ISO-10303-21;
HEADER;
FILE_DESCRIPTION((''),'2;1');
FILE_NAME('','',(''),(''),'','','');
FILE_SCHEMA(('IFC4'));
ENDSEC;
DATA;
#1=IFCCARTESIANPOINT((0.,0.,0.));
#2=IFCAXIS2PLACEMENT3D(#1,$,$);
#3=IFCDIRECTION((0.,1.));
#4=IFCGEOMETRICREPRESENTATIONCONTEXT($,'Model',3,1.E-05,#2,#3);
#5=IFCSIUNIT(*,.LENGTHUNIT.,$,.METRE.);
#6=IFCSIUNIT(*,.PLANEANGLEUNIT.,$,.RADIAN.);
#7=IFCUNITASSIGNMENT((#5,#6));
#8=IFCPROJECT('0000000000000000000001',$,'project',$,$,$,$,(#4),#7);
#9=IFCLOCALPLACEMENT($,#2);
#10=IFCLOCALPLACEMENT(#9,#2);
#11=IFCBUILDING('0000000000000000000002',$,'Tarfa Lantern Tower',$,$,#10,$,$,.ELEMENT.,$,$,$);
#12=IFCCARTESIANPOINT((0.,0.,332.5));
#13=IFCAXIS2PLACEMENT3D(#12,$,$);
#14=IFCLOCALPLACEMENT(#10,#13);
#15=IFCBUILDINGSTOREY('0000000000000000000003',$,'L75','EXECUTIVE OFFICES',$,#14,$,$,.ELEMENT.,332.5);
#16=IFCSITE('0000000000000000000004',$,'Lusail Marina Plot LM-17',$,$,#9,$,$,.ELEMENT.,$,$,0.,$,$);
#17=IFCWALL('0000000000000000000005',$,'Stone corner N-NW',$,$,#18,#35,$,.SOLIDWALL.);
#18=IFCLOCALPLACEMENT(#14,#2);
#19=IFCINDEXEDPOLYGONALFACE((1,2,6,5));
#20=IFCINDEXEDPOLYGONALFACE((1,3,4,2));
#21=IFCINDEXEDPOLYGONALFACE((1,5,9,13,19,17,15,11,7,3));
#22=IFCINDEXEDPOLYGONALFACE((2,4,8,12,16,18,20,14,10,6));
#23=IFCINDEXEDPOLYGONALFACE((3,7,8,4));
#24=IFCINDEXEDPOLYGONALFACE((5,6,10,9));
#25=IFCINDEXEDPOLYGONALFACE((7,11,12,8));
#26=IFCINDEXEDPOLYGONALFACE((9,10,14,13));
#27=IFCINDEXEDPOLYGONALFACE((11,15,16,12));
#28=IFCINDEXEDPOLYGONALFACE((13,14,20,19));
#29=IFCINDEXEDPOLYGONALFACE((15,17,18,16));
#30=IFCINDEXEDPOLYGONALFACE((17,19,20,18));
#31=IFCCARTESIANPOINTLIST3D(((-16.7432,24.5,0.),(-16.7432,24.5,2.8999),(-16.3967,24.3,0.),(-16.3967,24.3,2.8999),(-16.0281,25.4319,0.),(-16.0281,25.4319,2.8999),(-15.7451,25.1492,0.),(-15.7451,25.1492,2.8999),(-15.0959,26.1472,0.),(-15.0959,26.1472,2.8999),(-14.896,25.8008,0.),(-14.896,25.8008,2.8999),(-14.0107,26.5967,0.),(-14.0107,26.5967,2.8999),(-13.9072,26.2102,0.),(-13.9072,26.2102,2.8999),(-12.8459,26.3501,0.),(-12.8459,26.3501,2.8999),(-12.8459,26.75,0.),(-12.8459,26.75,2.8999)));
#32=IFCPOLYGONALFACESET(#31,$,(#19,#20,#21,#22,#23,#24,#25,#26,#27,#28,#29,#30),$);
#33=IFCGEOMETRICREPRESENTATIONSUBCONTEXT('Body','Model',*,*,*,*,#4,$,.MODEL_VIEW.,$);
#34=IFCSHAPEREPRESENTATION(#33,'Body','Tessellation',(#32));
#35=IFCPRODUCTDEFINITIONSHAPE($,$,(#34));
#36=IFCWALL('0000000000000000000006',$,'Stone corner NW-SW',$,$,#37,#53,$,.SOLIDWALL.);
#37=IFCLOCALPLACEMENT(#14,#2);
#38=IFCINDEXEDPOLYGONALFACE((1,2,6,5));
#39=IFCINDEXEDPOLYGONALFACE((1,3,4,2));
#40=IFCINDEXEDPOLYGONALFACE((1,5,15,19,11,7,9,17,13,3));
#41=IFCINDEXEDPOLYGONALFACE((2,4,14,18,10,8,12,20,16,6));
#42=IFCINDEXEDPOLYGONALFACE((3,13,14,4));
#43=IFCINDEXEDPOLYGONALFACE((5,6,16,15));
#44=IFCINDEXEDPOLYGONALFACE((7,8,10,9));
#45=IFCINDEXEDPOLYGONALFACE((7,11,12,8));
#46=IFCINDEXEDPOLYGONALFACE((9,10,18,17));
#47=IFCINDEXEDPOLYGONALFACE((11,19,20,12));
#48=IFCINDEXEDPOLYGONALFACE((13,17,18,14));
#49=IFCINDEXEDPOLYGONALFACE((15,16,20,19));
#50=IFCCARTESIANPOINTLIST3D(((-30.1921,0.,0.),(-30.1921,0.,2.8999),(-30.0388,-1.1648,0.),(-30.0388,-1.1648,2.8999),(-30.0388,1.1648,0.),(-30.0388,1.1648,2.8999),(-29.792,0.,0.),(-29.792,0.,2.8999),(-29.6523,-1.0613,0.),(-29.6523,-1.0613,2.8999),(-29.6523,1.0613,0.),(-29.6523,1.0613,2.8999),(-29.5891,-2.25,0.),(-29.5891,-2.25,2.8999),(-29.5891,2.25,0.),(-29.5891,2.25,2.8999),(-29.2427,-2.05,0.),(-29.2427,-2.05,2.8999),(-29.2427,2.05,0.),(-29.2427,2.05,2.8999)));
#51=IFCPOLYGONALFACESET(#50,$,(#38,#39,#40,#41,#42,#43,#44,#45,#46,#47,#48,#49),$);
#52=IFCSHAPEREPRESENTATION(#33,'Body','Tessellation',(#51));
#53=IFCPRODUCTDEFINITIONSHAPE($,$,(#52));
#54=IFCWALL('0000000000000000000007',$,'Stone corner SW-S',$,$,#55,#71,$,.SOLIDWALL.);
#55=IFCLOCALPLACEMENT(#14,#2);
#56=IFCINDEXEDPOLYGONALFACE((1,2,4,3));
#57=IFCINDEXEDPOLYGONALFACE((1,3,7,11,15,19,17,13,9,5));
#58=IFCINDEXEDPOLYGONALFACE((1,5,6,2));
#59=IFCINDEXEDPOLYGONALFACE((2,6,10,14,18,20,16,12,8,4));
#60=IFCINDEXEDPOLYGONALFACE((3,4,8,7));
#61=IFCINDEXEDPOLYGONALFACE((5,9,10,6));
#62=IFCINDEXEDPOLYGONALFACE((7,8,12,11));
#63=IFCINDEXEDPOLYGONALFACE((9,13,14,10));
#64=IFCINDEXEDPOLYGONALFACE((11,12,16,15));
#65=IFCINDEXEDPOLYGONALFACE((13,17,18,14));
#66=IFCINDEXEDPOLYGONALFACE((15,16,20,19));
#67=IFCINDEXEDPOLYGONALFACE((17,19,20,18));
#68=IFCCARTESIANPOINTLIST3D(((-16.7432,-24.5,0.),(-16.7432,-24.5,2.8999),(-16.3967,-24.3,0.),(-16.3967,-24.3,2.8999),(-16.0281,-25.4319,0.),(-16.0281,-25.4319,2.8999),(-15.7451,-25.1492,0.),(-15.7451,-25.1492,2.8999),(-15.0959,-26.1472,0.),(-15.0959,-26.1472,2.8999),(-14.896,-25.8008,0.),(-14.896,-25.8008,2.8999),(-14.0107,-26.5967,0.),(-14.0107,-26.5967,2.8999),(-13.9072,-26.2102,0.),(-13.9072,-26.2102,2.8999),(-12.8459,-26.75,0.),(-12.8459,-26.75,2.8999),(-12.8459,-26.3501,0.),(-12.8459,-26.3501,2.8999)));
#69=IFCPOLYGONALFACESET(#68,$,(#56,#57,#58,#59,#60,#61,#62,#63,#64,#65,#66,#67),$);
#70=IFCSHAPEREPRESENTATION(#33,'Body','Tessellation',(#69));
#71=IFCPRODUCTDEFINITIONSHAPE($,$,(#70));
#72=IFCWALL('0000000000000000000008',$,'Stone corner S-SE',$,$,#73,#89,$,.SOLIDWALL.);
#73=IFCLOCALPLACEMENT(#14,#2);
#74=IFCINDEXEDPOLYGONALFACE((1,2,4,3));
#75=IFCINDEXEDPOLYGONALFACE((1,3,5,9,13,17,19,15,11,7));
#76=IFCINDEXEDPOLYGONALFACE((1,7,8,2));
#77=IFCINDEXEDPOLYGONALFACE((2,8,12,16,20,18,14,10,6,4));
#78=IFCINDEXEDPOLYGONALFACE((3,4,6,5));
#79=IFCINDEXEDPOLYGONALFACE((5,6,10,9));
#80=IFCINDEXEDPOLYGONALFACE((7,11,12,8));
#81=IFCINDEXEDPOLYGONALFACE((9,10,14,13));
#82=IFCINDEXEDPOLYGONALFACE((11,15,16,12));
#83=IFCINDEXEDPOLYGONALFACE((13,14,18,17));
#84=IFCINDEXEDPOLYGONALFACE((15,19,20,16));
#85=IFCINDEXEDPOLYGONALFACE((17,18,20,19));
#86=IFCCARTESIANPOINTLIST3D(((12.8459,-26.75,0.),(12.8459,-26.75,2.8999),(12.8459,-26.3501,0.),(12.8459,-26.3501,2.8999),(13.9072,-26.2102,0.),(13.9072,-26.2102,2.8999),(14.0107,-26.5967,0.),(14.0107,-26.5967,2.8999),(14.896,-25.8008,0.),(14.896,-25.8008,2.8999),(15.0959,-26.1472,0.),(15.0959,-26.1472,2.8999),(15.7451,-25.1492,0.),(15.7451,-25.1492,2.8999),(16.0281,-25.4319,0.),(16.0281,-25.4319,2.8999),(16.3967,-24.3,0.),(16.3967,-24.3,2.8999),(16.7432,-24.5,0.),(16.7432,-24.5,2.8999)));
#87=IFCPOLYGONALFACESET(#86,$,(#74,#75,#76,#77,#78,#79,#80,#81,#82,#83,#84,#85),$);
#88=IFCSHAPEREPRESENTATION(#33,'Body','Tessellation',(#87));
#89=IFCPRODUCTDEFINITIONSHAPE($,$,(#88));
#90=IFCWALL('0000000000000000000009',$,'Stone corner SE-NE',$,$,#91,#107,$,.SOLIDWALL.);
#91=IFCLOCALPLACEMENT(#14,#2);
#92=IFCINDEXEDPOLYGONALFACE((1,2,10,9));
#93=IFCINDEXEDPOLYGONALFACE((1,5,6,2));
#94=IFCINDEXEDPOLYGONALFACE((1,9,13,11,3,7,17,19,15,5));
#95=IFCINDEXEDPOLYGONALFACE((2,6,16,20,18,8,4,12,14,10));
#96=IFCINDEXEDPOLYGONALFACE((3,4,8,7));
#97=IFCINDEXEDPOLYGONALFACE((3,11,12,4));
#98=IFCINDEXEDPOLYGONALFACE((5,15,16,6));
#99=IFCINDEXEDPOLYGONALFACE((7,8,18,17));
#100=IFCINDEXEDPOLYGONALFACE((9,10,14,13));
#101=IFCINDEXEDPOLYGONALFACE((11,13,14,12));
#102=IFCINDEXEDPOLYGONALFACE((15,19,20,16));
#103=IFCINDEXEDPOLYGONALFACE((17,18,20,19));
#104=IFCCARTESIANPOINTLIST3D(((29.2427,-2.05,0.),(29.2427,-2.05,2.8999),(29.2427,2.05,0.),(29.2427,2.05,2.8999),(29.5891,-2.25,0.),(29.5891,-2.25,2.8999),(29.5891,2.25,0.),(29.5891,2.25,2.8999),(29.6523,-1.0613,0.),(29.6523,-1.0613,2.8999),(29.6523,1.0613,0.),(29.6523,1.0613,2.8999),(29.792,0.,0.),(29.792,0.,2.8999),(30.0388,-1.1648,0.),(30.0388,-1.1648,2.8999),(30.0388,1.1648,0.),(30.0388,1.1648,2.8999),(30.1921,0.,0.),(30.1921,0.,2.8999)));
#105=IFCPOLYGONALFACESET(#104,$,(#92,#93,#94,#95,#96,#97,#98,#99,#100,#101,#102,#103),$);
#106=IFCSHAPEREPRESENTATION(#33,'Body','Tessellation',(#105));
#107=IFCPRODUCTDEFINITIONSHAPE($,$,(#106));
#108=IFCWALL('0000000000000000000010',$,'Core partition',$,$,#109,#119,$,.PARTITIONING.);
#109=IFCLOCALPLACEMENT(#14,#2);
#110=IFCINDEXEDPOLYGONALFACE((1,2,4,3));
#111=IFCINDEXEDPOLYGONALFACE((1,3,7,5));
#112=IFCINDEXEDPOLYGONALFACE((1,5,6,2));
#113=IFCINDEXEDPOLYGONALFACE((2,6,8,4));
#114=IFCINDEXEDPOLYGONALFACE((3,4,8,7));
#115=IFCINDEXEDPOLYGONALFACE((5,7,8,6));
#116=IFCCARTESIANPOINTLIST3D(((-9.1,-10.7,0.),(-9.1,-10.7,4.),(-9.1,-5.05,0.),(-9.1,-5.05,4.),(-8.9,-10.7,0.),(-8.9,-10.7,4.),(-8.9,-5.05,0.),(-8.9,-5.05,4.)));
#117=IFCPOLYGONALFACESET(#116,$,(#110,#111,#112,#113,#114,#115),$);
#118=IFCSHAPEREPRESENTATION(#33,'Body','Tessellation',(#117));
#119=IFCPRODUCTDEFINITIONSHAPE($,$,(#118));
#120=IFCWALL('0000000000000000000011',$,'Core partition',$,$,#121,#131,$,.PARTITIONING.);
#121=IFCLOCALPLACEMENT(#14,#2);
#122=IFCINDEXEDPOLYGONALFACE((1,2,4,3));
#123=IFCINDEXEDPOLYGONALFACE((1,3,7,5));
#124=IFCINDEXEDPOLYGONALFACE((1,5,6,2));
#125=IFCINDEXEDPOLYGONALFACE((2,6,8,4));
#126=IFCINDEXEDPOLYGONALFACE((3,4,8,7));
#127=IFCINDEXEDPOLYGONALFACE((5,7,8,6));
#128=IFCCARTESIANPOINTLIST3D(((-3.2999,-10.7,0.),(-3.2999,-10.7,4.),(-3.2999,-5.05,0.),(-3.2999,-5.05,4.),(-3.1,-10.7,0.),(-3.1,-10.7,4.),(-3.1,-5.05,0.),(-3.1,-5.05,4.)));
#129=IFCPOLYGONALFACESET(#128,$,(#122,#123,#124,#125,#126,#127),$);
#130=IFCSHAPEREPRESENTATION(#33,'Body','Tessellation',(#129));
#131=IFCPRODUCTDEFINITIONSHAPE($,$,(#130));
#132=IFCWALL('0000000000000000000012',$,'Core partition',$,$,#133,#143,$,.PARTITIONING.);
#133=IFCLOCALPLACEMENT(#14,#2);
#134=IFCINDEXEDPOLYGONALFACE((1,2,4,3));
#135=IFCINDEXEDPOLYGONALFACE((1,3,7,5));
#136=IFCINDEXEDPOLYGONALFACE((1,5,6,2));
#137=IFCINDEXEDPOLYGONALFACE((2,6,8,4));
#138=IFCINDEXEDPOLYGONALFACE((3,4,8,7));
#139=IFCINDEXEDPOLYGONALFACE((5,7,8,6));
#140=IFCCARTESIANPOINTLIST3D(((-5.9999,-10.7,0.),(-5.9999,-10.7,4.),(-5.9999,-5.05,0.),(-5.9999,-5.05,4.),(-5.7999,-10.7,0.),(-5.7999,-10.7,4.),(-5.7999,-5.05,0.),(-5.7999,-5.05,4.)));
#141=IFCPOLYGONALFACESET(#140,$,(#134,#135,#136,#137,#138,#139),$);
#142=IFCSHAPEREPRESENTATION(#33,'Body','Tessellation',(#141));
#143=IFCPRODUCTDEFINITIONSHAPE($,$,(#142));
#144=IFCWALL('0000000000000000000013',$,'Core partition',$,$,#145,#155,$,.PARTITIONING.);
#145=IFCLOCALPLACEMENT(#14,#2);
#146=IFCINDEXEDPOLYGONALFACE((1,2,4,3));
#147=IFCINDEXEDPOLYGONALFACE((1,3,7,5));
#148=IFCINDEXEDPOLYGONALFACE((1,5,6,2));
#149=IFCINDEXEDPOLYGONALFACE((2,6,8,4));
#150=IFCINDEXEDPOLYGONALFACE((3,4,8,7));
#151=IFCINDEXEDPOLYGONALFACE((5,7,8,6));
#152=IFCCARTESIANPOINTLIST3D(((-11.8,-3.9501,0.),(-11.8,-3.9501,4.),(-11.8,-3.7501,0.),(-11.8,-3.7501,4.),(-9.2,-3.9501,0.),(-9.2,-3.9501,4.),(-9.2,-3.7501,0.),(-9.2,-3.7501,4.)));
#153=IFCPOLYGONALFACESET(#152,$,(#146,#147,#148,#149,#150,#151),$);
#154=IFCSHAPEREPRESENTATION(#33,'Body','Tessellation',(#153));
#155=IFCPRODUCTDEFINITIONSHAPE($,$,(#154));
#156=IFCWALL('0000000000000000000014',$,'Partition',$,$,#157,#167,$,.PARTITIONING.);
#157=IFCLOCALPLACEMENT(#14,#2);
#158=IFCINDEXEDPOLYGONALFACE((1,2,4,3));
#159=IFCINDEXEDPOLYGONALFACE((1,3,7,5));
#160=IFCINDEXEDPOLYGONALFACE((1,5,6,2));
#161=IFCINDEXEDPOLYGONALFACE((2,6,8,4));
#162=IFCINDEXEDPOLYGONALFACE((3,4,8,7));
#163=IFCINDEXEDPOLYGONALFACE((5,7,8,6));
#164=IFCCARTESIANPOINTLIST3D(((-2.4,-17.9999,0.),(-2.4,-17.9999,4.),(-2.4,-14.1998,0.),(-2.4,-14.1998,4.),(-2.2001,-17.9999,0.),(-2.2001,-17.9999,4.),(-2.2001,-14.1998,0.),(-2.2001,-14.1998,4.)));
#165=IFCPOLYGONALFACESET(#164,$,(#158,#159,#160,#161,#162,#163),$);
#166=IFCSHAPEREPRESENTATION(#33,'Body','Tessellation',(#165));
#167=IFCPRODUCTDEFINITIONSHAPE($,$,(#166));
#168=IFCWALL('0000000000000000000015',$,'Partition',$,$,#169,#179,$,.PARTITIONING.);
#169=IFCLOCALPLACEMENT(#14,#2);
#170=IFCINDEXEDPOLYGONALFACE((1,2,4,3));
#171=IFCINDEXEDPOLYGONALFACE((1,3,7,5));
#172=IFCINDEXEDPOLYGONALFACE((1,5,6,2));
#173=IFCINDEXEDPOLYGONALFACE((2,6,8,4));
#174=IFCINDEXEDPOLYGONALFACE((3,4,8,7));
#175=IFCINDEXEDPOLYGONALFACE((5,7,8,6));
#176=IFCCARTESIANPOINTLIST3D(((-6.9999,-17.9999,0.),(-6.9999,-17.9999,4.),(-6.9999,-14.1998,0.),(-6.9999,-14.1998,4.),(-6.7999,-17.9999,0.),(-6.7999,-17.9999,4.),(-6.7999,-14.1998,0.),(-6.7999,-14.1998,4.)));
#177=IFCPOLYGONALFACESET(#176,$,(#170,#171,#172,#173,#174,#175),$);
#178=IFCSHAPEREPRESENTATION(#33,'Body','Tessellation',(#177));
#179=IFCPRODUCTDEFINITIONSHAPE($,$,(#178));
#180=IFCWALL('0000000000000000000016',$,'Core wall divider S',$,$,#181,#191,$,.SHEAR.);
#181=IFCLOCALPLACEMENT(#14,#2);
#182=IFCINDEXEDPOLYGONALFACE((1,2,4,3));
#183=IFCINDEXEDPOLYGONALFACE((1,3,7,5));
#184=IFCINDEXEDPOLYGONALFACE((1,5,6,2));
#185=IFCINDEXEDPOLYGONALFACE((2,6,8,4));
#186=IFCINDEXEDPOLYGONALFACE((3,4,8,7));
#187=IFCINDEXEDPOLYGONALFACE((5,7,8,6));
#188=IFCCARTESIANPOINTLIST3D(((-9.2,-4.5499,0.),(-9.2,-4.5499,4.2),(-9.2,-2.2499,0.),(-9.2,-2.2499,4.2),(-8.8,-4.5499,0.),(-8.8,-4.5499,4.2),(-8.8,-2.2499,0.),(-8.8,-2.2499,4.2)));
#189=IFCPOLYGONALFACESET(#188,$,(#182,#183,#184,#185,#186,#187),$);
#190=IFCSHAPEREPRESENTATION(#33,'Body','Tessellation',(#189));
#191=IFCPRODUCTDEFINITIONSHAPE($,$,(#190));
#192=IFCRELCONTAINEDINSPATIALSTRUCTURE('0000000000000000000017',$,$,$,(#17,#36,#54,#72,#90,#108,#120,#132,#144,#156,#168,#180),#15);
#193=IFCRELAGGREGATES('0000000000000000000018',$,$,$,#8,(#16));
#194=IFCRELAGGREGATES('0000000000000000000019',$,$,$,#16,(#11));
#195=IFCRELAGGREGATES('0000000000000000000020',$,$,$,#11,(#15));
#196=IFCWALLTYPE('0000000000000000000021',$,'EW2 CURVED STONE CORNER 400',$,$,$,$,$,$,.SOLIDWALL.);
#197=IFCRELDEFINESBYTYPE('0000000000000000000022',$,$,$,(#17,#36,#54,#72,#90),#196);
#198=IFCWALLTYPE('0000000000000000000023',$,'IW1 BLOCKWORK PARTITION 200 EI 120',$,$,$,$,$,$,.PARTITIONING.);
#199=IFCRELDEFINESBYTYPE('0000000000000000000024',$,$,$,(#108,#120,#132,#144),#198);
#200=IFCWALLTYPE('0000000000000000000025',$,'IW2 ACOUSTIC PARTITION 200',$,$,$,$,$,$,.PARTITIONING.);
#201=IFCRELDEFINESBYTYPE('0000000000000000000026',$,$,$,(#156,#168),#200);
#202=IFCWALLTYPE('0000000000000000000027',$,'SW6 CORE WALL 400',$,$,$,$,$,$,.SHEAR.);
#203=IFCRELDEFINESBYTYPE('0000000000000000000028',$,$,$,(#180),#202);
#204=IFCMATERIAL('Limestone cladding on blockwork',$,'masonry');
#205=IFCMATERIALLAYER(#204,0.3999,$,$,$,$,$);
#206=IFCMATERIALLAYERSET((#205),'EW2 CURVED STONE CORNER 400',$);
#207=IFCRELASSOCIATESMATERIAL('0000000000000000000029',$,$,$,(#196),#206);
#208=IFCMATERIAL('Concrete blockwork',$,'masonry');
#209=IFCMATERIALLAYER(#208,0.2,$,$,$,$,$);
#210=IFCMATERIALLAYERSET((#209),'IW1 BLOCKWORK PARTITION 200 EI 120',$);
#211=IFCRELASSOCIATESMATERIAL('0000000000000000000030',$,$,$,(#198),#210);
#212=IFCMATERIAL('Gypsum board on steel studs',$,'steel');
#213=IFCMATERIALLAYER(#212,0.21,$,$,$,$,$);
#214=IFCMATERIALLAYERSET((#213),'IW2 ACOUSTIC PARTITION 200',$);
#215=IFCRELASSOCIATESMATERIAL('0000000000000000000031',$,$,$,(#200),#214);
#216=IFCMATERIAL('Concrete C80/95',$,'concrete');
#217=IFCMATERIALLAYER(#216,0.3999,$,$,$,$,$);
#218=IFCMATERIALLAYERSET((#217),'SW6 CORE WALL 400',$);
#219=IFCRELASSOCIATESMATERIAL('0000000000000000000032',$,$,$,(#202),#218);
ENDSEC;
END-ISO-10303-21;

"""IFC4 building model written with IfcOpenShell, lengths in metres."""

from ifc_helpers import new_model, si_unit, direction, frame, frame_2d, origin, place, context, subcontext, project, spatial, polyline, rectangle, outline, extrude, material, layer, layer_set, type_object, element, save


model = new_model("IFC4")

# Units and contexts
model_context = context("Model", 3, precision=1e-05, world=origin(), true_north=direction((0.0, 1.0)))
body_context = subcontext(model_context, "Body", "Model", "MODEL_VIEW")
ifc_project = project(units=[si_unit("LENGTHUNIT", "METRE"), si_unit("PLANEANGLEUNIT", "RADIAN")], contexts=[model_context])

# Site, building, storey
site_placement = place(None, origin())
site = spatial("IfcSite", under=ifc_project, at=site_placement, Name="Lusail Marina Plot LM-17", CompositionType="ELEMENT", RefElevation=0.0)
building_placement = place(site_placement, origin())
building = spatial("IfcBuilding", under=site, at=building_placement, Name="Tarfa Lantern Tower", CompositionType="ELEMENT")
storey_placement = place(building_placement, frame((0.0, 0.0, 332.5)))
storey = spatial("IfcBuildingStorey", under=building, at=storey_placement, Name="L75", Description="EXECUTIVE OFFICES", CompositionType="ELEMENT", Elevation=332.5)

# Walls
ifc_material_1 = material(Name="Limestone cladding on blockwork", Category="masonry")
ifc_layer_1 = layer(ifc_material_1, 0.3999)
ifc_layer_set_1 = layer_set([ifc_layer_1], Name="EW2 CURVED STONE CORNER 400")
wall_type_1 = type_object("IfcWallType", Name="EW2 CURVED STONE CORNER 400", PredefinedType="SOLIDWALL", material=ifc_layer_set_1)
wall_1_placement = place(storey_placement, origin())
element("IfcWall", 1, at=wall_1_placement, inside=storey, type_object=wall_type_1, Name="Stone corner N-NW", PredefinedType="SOLIDWALL", context=body_context, shape_type="SweptSolid", body=[
    extrude(outline(polyline([(-12.8459, 26.75), (-14.0107, 26.5967), (-15.0959, 26.1472), (-16.0281, 25.4319), (-16.7432, 24.5), (-16.3967, 24.3), (-15.7451, 25.1492), (-14.896, 25.8008), (-13.9072, 26.2102), (-12.8459, 26.3501), (-12.8459, 26.75)])), origin(), (0.0, 0.0, 1.0), 2.8999),
])
wall_2_placement = place(storey_placement, origin())
element("IfcWall", 2, at=wall_2_placement, inside=storey, type_object=wall_type_1, Name="Stone corner NW-SW", PredefinedType="SOLIDWALL", context=body_context, shape_type="SweptSolid", body=[
    extrude(outline(polyline([(-29.5891, 2.25), (-30.0388, 1.1648), (-30.1921, 0.0), (-30.0388, -1.1648), (-29.5891, -2.25), (-29.2427, -2.05), (-29.6523, -1.0613), (-29.792, 0.0), (-29.6523, 1.0613), (-29.2427, 2.05), (-29.5891, 2.25)])), origin(), (0.0, 0.0, 1.0), 2.8999),
])
wall_3_placement = place(storey_placement, origin())
element("IfcWall", 3, at=wall_3_placement, inside=storey, type_object=wall_type_1, Name="Stone corner SW-S", PredefinedType="SOLIDWALL", context=body_context, shape_type="SweptSolid", body=[
    extrude(outline(polyline([(-16.7432, -24.5), (-16.0281, -25.4319), (-15.0959, -26.1472), (-14.0107, -26.5967), (-12.8459, -26.75), (-12.8459, -26.3501), (-13.9072, -26.2102), (-14.896, -25.8008), (-15.7451, -25.1492), (-16.3967, -24.3), (-16.7432, -24.5)])), origin(), (0.0, 0.0, 1.0), 2.8999),
])
wall_4_placement = place(storey_placement, origin())
element("IfcWall", 4, at=wall_4_placement, inside=storey, type_object=wall_type_1, Name="Stone corner S-SE", PredefinedType="SOLIDWALL", context=body_context, shape_type="SweptSolid", body=[
    extrude(outline(polyline([(12.8459, -26.75), (14.0107, -26.5967), (15.0959, -26.1472), (16.0281, -25.4319), (16.7432, -24.5), (16.3967, -24.3), (15.7451, -25.1492), (14.896, -25.8008), (13.9072, -26.2102), (12.8459, -26.3501), (12.8459, -26.75)])), origin(), (0.0, 0.0, 1.0), 2.8999),
])
wall_5_placement = place(storey_placement, origin())
element("IfcWall", 5, at=wall_5_placement, inside=storey, type_object=wall_type_1, Name="Stone corner SE-NE", PredefinedType="SOLIDWALL", context=body_context, shape_type="SweptSolid", body=[
    extrude(outline(polyline([(29.5891, -2.25), (30.0388, -1.1648), (30.1921, 0.0), (30.0388, 1.1648), (29.5891, 2.25), (29.2427, 2.05), (29.6523, 1.0613), (29.792, 0.0), (29.6523, -1.0613), (29.2427, -2.05), (29.5891, -2.25)])), origin(), (0.0, 0.0, 1.0), 2.8999),
])
ifc_material_2 = material(Name="Concrete blockwork", Category="masonry")
ifc_layer_2 = layer(ifc_material_2, 0.2)
ifc_layer_set_2 = layer_set([ifc_layer_2], Name="IW1 BLOCKWORK PARTITION 200 EI 120")
wall_type_2 = type_object("IfcWallType", Name="IW1 BLOCKWORK PARTITION 200 EI 120", PredefinedType="PARTITIONING", material=ifc_layer_set_2)
for number, where, z_axis, x_axis, name in (
    (6, (-9.0, -5.05, 0.0), (0.0, 0.0, 1.0), (0.0, -1.0, 0.0), "Core partition"),
    (7, (-3.2, -5.05, 0.0), (0.0, 0.0, 1.0), (0.0, -1.0, 0.0), "Core partition"),
    (8, (-5.8999, -5.05, 0.0), (0.0, 0.0, 1.0), (0.0, -1.0, 0.0), "Core partition"),
):
    element("IfcWall", number, at=place(storey_placement, frame(where, z_axis=z_axis, x_axis=x_axis)), inside=storey, type_object=wall_type_2, Name=name, PredefinedType="PARTITIONING", context=body_context, shape_type="SweptSolid", body=[
        extrude(rectangle(XDim=5.6499, YDim=0.2, at=frame_2d((2.825, 0.0))), origin(), (0.0, 0.0, 1.0), 4.0),
    ])
wall_6_placement = place(storey_placement, frame((-9.2, -3.8501, 0.0), z_axis=(0.0, 0.0, 1.0), x_axis=(-1.0, 0.0, 0.0)))
element("IfcWall", 9, at=wall_6_placement, inside=storey, type_object=wall_type_2, Name="Core partition", PredefinedType="PARTITIONING", context=body_context, shape_type="SweptSolid", body=[
    extrude(rectangle(XDim=2.6001, YDim=0.2, at=frame_2d((1.3, 0.0))), origin(), (0.0, 0.0, 1.0), 4.0),
])
ifc_material_3 = material(Name="Gypsum board on steel studs", Category="steel")
ifc_layer_3 = layer(ifc_material_3, 0.21)
ifc_layer_set_3 = layer_set([ifc_layer_3], Name="IW2 ACOUSTIC PARTITION 200")
wall_type_3 = type_object("IfcWallType", Name="IW2 ACOUSTIC PARTITION 200", PredefinedType="PARTITIONING", material=ifc_layer_set_3)
for number, where, z_axis, x_axis, name in (
    (10, (-2.3, -14.2, 0.0), (0.0, 0.0, 1.0), (0.0, -1.0, 0.0), "Partition"),
    (11, (-6.8999, -14.2, 0.0), (0.0, 0.0, 1.0), (0.0, -1.0, 0.0), "Partition"),
):
    element("IfcWall", number, at=place(storey_placement, frame(where, z_axis=z_axis, x_axis=x_axis)), inside=storey, type_object=wall_type_3, Name=name, PredefinedType="PARTITIONING", context=body_context, shape_type="SweptSolid", body=[
        extrude(rectangle(XDim=3.8, YDim=0.2, at=frame_2d((1.8999, 0.0))), origin(), (0.0, 0.0, 1.0), 4.0),
    ])
ifc_material_4 = material(Name="Concrete C80/95", Category="concrete")
ifc_layer_4 = layer(ifc_material_4, 0.3999)
ifc_layer_set_4 = layer_set([ifc_layer_4], Name="SW6 CORE WALL 400")
wall_type_4 = type_object("IfcWallType", Name="SW6 CORE WALL 400", PredefinedType="SHEAR", material=ifc_layer_set_4)
wall_7_placement = place(storey_placement, frame((-9.0, -2.25, 0.0), z_axis=(0.0, 0.0, 1.0), x_axis=(0.0, -1.0, 0.0)))
element("IfcWall", 12, at=wall_7_placement, inside=storey, type_object=wall_type_4, Name="Core wall divider S", PredefinedType="SHEAR", context=body_context, shape_type="SweptSolid", body=[
    extrude(rectangle(XDim=2.3, YDim=0.3999, at=frame_2d((1.1499, 0.0))), origin(), (0.0, 0.0, 1.0), 4.2),
])

save(model, "model.ifc")
